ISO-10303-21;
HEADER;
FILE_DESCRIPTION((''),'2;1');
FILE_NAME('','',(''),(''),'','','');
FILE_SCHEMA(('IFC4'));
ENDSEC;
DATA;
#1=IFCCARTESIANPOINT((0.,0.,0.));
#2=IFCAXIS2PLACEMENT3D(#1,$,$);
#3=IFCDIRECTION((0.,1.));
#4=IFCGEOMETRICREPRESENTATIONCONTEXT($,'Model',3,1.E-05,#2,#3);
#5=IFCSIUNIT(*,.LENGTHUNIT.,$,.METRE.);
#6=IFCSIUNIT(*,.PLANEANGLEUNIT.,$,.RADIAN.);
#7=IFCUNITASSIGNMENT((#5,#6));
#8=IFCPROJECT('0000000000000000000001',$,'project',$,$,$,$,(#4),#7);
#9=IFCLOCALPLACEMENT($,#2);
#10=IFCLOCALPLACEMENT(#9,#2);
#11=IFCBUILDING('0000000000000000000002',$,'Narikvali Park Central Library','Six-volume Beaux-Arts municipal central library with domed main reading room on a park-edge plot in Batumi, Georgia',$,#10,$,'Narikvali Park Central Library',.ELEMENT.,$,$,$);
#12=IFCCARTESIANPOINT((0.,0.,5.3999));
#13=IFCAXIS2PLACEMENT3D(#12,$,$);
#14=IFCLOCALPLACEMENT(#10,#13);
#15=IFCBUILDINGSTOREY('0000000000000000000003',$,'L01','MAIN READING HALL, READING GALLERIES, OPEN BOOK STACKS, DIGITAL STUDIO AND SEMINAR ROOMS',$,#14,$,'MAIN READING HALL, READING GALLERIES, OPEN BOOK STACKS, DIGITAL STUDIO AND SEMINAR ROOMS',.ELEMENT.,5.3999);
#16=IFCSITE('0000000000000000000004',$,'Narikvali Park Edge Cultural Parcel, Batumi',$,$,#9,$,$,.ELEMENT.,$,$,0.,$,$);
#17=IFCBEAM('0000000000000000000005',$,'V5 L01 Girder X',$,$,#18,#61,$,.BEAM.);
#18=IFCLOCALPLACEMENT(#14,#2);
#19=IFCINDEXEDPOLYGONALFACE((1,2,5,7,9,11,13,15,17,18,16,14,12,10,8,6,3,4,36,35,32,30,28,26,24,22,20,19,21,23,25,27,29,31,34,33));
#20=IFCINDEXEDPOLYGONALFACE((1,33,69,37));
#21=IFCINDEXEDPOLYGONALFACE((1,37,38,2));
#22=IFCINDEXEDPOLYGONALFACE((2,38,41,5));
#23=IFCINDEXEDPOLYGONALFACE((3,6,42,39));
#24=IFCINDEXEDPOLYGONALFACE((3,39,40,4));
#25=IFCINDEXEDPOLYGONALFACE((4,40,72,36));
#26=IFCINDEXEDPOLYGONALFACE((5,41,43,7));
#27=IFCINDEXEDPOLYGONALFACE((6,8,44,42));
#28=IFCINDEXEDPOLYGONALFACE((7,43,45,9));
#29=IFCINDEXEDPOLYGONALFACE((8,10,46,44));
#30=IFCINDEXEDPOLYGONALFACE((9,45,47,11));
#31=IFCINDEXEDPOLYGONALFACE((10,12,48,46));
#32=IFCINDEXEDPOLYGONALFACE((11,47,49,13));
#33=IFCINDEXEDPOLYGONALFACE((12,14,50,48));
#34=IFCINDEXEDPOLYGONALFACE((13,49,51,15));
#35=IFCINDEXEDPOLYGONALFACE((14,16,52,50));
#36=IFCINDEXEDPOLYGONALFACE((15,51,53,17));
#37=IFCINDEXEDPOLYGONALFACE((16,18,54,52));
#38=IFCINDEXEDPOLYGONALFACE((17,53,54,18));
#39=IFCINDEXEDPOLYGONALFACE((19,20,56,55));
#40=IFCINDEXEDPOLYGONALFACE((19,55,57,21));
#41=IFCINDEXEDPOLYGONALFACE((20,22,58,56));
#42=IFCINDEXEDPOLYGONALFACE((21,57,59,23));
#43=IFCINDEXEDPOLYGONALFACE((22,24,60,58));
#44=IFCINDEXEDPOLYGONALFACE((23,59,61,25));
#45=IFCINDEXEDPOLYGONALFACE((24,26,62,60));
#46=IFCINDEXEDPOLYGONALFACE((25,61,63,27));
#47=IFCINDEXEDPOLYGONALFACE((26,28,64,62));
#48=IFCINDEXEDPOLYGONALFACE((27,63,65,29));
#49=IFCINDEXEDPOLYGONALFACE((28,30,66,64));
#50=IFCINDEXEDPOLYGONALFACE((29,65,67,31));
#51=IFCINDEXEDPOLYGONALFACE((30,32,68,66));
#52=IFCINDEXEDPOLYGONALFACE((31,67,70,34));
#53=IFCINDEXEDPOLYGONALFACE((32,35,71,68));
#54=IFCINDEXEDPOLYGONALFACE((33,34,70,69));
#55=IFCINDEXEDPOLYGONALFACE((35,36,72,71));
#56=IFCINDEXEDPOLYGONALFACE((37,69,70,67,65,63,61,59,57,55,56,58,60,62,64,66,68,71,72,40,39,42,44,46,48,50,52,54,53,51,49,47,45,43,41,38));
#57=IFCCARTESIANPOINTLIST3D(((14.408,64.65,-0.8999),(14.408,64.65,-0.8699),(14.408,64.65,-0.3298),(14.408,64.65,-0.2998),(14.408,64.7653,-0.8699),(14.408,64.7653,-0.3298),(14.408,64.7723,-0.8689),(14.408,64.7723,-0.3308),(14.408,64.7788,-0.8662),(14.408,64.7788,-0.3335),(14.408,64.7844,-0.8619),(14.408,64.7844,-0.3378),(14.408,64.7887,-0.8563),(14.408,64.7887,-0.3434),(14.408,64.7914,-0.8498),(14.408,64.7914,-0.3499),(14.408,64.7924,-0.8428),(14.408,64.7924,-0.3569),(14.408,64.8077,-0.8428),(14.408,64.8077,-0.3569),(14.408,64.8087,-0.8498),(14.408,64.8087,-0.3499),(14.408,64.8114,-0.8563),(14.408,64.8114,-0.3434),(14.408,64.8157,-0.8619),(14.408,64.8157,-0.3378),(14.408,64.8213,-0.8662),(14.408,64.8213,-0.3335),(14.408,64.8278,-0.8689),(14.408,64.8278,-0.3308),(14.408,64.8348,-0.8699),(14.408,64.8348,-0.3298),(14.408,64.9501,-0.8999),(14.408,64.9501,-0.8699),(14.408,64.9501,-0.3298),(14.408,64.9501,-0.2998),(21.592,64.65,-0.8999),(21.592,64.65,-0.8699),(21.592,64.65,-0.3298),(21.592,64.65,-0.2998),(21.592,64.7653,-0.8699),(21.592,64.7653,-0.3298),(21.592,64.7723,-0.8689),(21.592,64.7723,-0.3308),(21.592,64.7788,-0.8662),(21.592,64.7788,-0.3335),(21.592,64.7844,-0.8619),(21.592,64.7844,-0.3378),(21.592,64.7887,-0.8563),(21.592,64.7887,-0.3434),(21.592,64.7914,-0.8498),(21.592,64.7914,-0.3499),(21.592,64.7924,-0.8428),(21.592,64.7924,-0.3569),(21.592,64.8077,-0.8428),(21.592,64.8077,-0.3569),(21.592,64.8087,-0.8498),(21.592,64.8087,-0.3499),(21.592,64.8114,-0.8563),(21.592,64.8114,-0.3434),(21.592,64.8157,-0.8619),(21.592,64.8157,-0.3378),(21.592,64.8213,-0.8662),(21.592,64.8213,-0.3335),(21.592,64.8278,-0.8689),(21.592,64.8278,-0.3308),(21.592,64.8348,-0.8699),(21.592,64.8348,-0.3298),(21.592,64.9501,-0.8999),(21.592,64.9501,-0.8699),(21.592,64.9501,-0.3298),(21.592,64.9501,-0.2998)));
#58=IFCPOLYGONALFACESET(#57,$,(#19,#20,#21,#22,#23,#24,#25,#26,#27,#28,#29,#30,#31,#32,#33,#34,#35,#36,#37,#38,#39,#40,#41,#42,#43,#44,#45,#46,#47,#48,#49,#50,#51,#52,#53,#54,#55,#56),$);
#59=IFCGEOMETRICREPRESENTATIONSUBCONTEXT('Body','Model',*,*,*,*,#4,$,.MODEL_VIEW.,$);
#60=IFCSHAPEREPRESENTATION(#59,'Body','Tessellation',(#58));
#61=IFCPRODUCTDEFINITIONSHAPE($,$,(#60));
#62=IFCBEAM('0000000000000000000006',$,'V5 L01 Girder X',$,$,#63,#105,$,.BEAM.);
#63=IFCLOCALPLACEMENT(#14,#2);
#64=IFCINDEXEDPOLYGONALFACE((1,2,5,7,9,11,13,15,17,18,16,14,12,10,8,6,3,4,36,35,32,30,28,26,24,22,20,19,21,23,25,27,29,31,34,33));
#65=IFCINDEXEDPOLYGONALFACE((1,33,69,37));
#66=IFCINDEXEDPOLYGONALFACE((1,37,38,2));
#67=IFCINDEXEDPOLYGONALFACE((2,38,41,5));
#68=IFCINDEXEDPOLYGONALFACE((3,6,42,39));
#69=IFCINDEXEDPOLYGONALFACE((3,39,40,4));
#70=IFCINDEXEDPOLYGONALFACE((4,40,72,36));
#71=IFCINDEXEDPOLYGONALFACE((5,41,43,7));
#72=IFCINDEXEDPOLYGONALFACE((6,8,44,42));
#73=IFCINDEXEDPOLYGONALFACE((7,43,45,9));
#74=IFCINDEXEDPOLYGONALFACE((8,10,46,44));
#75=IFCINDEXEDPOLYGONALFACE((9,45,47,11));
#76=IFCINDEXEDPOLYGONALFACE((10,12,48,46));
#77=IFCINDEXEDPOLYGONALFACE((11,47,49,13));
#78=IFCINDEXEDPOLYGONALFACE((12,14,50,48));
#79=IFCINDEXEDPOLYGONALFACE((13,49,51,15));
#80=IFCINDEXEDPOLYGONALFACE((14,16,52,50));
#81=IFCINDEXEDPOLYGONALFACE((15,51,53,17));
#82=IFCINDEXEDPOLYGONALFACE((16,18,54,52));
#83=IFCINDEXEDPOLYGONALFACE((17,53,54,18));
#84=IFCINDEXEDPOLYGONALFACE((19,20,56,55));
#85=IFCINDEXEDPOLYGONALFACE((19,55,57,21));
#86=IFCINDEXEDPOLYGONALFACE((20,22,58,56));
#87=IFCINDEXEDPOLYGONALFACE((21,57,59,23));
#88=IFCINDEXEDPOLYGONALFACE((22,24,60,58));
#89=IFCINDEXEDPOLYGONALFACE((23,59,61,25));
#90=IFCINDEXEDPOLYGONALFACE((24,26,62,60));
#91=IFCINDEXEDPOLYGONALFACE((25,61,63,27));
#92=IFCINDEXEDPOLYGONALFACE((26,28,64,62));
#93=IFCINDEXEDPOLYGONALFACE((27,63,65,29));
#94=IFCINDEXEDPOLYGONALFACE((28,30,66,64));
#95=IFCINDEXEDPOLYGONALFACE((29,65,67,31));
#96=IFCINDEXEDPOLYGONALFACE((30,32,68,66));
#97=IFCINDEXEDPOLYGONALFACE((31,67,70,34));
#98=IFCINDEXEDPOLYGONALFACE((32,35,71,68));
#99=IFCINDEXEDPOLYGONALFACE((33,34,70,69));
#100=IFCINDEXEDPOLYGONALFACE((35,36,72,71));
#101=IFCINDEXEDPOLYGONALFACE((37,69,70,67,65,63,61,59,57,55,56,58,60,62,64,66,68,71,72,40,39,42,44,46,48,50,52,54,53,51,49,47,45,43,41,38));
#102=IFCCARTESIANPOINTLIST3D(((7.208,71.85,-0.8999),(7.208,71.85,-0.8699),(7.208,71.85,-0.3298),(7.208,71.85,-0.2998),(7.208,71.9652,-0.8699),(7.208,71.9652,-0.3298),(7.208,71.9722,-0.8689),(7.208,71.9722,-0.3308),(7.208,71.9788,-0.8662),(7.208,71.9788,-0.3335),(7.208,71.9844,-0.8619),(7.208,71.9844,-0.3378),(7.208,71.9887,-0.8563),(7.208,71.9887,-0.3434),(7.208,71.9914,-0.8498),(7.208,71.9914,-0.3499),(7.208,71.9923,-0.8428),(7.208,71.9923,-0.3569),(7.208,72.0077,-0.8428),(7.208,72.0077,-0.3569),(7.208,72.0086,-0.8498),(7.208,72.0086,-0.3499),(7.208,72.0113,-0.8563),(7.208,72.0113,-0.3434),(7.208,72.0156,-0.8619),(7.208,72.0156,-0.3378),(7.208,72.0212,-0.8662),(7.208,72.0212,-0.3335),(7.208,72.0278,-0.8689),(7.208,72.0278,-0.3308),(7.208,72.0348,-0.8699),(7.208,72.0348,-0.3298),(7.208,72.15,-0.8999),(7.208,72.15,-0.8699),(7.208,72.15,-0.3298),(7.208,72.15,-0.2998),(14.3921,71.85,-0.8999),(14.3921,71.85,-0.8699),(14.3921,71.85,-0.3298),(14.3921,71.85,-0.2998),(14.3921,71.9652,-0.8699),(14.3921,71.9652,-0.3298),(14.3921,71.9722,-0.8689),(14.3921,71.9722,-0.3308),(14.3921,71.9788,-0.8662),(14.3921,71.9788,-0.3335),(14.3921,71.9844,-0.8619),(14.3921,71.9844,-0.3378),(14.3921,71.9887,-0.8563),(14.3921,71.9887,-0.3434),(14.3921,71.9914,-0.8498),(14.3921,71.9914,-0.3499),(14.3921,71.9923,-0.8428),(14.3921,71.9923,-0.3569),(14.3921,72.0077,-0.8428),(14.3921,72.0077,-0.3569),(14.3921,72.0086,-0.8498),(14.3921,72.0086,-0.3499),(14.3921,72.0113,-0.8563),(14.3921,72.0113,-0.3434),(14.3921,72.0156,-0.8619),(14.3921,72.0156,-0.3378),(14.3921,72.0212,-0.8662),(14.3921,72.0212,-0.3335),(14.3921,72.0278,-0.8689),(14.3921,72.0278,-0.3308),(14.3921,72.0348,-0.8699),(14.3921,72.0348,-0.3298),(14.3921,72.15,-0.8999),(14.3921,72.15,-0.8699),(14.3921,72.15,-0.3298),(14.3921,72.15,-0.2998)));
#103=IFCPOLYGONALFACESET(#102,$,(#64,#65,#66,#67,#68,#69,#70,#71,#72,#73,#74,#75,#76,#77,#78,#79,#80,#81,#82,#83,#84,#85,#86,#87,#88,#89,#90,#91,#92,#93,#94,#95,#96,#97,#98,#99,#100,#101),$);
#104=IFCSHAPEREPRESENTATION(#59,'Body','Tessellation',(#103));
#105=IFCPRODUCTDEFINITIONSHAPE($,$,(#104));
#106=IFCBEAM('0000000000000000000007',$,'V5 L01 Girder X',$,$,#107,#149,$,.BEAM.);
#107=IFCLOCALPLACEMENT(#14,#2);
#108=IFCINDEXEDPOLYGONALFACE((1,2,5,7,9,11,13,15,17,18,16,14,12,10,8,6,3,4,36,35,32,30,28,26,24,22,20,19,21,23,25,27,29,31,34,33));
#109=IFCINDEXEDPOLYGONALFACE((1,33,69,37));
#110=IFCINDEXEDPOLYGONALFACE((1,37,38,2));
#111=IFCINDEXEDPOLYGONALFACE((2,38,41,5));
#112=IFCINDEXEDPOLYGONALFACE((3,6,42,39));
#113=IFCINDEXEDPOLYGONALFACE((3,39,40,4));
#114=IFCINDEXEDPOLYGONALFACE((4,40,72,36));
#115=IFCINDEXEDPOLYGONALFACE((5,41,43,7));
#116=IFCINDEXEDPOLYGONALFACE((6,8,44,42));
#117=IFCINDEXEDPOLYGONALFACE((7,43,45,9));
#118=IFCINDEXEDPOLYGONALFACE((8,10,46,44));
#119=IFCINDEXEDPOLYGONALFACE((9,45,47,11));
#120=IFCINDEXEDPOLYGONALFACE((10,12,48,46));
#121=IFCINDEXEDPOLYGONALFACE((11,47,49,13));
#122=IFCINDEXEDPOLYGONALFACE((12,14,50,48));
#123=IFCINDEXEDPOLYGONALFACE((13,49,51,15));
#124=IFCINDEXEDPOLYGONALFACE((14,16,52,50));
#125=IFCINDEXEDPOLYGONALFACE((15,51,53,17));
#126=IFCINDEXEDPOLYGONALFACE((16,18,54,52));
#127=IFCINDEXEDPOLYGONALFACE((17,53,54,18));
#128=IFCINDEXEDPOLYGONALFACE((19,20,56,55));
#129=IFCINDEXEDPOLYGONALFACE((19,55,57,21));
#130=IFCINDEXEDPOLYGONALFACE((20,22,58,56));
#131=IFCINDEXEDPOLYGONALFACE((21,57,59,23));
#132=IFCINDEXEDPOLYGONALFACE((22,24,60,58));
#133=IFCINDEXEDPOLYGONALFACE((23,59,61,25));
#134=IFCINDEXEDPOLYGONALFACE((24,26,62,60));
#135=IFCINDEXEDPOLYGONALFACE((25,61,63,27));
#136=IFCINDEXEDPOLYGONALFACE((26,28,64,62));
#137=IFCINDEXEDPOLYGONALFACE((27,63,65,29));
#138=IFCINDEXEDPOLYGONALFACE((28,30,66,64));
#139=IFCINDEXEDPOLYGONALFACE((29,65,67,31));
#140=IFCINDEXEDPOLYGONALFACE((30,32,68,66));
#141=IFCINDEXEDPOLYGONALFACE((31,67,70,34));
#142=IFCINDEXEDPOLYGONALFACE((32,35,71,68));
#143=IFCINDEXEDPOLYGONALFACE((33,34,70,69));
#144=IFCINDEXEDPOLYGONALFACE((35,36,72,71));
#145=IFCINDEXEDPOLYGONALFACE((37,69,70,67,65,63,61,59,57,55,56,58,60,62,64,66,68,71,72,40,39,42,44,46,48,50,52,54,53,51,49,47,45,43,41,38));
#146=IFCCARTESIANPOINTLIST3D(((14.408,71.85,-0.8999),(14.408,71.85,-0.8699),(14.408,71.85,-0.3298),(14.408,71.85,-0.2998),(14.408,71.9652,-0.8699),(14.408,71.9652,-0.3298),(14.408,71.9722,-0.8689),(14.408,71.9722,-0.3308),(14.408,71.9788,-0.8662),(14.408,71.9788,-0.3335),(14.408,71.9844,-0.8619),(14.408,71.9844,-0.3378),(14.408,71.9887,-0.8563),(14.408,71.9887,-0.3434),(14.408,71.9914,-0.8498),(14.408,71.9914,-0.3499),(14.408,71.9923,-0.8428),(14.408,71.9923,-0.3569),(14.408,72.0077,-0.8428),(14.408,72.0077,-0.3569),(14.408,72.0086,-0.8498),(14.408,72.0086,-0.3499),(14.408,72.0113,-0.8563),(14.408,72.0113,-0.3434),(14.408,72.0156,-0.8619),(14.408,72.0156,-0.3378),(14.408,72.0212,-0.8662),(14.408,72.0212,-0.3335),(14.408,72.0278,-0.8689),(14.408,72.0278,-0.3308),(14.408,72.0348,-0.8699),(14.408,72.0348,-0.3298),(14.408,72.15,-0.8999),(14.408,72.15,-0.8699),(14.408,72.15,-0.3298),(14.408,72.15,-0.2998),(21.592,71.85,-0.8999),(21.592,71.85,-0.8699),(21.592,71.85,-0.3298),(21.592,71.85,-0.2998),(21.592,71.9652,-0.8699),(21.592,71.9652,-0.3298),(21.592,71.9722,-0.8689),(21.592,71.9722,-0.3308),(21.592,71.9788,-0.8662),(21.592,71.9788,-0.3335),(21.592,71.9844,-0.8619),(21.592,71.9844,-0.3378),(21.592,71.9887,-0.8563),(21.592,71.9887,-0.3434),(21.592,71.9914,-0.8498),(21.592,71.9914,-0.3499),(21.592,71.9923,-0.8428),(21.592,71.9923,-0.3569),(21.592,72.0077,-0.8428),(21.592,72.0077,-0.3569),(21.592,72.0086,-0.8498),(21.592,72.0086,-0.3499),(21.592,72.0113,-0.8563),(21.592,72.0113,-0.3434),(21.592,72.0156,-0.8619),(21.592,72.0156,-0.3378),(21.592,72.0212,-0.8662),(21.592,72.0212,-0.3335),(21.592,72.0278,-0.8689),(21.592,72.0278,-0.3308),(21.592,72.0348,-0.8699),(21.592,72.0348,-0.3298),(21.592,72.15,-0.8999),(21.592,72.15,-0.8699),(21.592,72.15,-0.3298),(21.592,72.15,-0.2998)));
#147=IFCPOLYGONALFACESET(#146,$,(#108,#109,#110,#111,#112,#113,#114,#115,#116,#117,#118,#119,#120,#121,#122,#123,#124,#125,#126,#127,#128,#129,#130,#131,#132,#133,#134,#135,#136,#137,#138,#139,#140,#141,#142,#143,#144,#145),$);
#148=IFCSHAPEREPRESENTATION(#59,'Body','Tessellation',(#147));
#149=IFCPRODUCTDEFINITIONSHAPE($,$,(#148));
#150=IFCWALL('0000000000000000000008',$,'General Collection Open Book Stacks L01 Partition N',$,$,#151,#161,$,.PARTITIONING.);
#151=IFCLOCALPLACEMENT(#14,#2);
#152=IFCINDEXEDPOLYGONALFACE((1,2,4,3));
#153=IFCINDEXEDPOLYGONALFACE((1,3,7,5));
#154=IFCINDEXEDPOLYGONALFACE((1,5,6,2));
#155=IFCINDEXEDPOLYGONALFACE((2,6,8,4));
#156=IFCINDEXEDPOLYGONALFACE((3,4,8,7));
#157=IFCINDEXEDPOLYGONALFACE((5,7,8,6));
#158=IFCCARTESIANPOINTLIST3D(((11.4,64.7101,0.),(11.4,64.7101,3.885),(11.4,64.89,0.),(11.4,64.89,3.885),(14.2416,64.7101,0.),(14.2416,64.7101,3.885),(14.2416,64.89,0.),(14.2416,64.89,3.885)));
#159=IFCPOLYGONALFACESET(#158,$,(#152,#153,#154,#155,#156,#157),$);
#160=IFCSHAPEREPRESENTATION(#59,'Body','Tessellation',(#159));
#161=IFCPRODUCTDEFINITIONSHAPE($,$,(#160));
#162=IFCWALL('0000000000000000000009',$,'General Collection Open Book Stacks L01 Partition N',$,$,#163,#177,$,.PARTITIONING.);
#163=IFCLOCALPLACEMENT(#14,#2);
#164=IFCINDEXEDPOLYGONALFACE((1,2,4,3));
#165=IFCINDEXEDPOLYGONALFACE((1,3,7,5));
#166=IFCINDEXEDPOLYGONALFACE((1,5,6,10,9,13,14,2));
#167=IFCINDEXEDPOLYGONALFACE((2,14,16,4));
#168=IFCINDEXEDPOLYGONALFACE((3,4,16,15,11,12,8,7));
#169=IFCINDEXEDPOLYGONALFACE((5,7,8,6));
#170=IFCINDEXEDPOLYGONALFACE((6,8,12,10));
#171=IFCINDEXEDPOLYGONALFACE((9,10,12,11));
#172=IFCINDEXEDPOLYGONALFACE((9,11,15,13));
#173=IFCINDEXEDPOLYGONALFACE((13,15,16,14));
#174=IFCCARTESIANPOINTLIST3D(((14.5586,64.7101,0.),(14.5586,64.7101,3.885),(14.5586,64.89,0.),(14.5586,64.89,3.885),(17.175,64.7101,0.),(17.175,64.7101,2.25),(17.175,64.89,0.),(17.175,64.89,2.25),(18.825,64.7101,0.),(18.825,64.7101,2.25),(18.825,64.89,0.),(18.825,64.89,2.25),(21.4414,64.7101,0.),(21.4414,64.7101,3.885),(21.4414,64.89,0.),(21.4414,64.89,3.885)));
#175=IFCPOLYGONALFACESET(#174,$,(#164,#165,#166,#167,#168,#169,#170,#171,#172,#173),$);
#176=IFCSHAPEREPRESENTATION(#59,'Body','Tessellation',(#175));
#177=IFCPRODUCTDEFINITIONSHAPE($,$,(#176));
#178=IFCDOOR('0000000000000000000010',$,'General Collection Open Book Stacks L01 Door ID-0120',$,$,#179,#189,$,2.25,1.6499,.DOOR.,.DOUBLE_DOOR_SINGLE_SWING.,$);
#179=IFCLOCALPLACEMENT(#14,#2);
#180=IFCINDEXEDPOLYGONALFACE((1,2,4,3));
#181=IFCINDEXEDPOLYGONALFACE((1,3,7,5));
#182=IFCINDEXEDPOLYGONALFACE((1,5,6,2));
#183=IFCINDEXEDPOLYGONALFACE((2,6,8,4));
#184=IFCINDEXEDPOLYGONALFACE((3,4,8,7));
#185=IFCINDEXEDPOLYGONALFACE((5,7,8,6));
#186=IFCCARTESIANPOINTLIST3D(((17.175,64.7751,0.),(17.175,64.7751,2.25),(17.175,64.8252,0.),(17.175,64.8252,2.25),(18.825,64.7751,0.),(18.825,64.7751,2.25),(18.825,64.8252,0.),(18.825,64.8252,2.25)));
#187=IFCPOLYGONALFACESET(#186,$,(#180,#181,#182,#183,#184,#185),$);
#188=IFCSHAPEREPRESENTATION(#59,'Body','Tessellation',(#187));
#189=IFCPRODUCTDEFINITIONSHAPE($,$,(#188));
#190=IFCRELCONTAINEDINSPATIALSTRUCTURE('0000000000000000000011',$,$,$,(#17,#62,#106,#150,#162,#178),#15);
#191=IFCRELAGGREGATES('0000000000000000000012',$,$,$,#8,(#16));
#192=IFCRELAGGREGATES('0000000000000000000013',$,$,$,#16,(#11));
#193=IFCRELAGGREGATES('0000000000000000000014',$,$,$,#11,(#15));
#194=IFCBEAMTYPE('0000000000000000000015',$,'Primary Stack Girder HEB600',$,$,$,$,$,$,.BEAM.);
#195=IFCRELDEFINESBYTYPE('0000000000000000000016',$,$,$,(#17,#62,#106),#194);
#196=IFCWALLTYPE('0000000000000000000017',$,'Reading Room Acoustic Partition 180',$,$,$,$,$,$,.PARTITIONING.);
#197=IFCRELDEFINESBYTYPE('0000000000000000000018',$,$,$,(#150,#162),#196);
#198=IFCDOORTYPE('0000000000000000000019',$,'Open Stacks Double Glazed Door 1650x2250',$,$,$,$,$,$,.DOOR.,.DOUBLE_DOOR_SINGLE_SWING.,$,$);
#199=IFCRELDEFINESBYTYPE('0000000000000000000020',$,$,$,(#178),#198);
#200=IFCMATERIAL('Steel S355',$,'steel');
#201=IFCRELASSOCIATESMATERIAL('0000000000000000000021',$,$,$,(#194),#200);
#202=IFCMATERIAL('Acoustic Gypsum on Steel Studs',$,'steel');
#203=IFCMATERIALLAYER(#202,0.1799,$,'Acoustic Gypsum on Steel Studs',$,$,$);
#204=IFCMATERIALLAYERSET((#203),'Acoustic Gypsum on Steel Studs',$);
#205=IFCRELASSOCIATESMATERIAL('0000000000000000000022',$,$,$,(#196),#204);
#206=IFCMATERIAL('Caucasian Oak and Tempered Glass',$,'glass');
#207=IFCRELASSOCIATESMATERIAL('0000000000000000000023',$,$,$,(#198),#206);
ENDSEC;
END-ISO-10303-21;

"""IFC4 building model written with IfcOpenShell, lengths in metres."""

from ifc_helpers import new_model, si_unit, direction, frame, frame_2d, origin, origin_2d, place, context, subcontext, project, spatial, rectangle, i_section, extrude, material, layer, layer_set, material_profile, profile_set, type_object, element, fill, save


model = new_model("IFC4")

# Units and contexts
model_context = context("Model", 3, precision=1e-05, world=origin(), true_north=direction((0.0, 1.0)))
body_context = subcontext(model_context, "Body", "Model", "MODEL_VIEW")
ifc_project = project(units=[si_unit("LENGTHUNIT", "METRE"), si_unit("PLANEANGLEUNIT", "RADIAN")], contexts=[model_context])

# Site, building, storey
site_placement = place(None, origin())
site = spatial("IfcSite", under=ifc_project, at=site_placement, Name="Narikvali Park Edge Cultural Parcel, Batumi", CompositionType="ELEMENT", RefElevation=0.0)
building_placement = place(site_placement, origin())
building = spatial("IfcBuilding", under=site, at=building_placement, Name="Narikvali Park Central Library", Description="Six-volume Beaux-Arts municipal central library with domed main reading room on a park-edge plot in Batumi, Georgia", LongName="Narikvali Park Central Library", CompositionType="ELEMENT")
storey_placement = place(building_placement, frame((0.0, 0.0, 5.3999)))
storey = spatial("IfcBuildingStorey", under=building, at=storey_placement, Name="L01", Description="MAIN READING HALL, READING GALLERIES, OPEN BOOK STACKS, DIGITAL STUDIO AND SEMINAR ROOMS", LongName="MAIN READING HALL, READING GALLERIES, OPEN BOOK STACKS, DIGITAL STUDIO AND SEMINAR ROOMS", CompositionType="ELEMENT", Elevation=5.3999)

# Shared definitions
ifc_material_1 = material(Name="Steel S355", Category="steel")

# Beams
ifc_material_profile_1 = material_profile(ifc_material_1, i_section(OverallWidth=0.3, OverallDepth=0.6001, WebThickness=0.0154, FlangeThickness=0.03, FilletRadius=0.0271, at=origin_2d()), Name="HEB 600")
ifc_profile_set_1 = profile_set([ifc_material_profile_1], Name="Steel S355")
beam_type_1 = type_object("IfcBeamType", Name="Primary Stack Girder HEB600", PredefinedType="BEAM", material=ifc_profile_set_1)
for number, where, z_axis, x_axis, name in (
    (1, (14.408, 64.8, -0.5999), (1.0, 0.0, 0.0), (0.0, 1.0, 0.0), "V5 L01 Girder X"),
    (2, (7.208, 72.0, -0.5999), (1.0, 0.0, 0.0), (0.0, 1.0, 0.0), "V5 L01 Girder X"),
    (3, (14.408, 72.0, -0.5999), (1.0, 0.0, 0.0), (0.0, 1.0, 0.0), "V5 L01 Girder X"),
):
    element("IfcBeam", number, at=place(storey_placement, frame(where, z_axis=z_axis, x_axis=x_axis)), inside=storey, type_object=beam_type_1, Name=name, PredefinedType="BEAM", context=body_context, shape_type="SweptSolid", body=[
        extrude(i_section(OverallWidth=0.3, OverallDepth=0.6001, WebThickness=0.0154, FlangeThickness=0.03, FilletRadius=0.0271, at=origin_2d()), origin(), (0.0, 0.0, 1.0), 7.1841),
    ])

# Wall
ifc_material_2 = material(Name="Acoustic Gypsum on Steel Studs", Category="steel")
ifc_layer_1 = layer(ifc_material_2, 0.1799, Name="Acoustic Gypsum on Steel Studs")
ifc_layer_set_1 = layer_set([ifc_layer_1], Name="Acoustic Gypsum on Steel Studs")
wall_type_1 = type_object("IfcWallType", Name="Reading Room Acoustic Partition 180", PredefinedType="PARTITIONING", material=ifc_layer_set_1)
wall_1_placement = place(storey_placement, frame((11.3999, 64.8, 0.0), z_axis=(0.0, 0.0, 1.0), x_axis=(1.0, 0.0, 0.0)))
element("IfcWall", 4, at=wall_1_placement, inside=storey, type_object=wall_type_1, Name="General Collection Open Book Stacks L01 Partition N", PredefinedType="PARTITIONING", context=body_context, shape_type="SweptSolid", body=[
    extrude(rectangle(XDim=2.8416, YDim=0.1799, at=frame_2d((1.4209, 0.0))), origin(), (0.0, 0.0, 1.0), 3.885),
])

# Wall, opening, door
wall_2_placement = place(storey_placement, frame((14.5586, 64.8, 0.0), z_axis=(0.0, 0.0, 1.0), x_axis=(1.0, 0.0, 0.0)))
wall_2 = element("IfcWall", 5, at=wall_2_placement, inside=storey, type_object=wall_type_1, Name="General Collection Open Book Stacks L01 Partition N", PredefinedType="PARTITIONING", context=body_context, shape_type="SweptSolid", body=[
    extrude(rectangle(XDim=6.8828, YDim=0.1799, at=frame_2d((3.4414, 0.0))), origin(), (0.0, 0.0, 1.0), 3.885),
])
opening_1_placement = place(wall_2_placement, frame((2.6165, 0.0, 0.0)))
opening_1 = element("IfcOpeningElement", 6, at=opening_1_placement, cuts=wall_2, PredefinedType="OPENING", context=body_context, shape_type="SweptSolid", body=[
    extrude(rectangle(XDim=1.6499, YDim=2.25, at=frame_2d((0.825, 1.125))), frame((0.0, 0.1021, 0.0), z_axis=(0.0, -1.0, 0.0), x_axis=(1.0, 0.0, 0.0)), (0.0, 0.0, 1.0), 0.2039),
])
ifc_material_3 = material(Name="Caucasian Oak and Tempered Glass", Category="glass")
door_type_1 = type_object("IfcDoorType", Name="Open Stacks Double Glazed Door 1650x2250", OperationType="DOUBLE_DOOR_SINGLE_SWING", PredefinedType="DOOR", material=ifc_material_3)
door_1_placement = place(opening_1_placement, frame((1.6499, 0.0, 0.0), z_axis=(0.0, 0.0, 1.0), x_axis=(-1.0, 0.0, 0.0)))
door_1 = element("IfcDoor", 7, at=door_1_placement, inside=storey, type_object=door_type_1, Name="General Collection Open Book Stacks L01 Door ID-0120", OperationType="DOUBLE_DOOR_SINGLE_SWING", OverallHeight=2.25, OverallWidth=1.6499, PredefinedType="DOOR", context=body_context, shape_type="SweptSolid", body=[
    extrude(rectangle(XDim=1.6499, YDim=2.25, at=frame_2d((0.825, 1.125))), frame((0.0, 0.0249, 0.0), z_axis=(0.0, -1.0, 0.0), x_axis=(1.0, 0.0, 0.0)), (0.0, 0.0, 1.0), 0.05),
])
fill(opening_1, door_1)

save(model, "model.ifc")
